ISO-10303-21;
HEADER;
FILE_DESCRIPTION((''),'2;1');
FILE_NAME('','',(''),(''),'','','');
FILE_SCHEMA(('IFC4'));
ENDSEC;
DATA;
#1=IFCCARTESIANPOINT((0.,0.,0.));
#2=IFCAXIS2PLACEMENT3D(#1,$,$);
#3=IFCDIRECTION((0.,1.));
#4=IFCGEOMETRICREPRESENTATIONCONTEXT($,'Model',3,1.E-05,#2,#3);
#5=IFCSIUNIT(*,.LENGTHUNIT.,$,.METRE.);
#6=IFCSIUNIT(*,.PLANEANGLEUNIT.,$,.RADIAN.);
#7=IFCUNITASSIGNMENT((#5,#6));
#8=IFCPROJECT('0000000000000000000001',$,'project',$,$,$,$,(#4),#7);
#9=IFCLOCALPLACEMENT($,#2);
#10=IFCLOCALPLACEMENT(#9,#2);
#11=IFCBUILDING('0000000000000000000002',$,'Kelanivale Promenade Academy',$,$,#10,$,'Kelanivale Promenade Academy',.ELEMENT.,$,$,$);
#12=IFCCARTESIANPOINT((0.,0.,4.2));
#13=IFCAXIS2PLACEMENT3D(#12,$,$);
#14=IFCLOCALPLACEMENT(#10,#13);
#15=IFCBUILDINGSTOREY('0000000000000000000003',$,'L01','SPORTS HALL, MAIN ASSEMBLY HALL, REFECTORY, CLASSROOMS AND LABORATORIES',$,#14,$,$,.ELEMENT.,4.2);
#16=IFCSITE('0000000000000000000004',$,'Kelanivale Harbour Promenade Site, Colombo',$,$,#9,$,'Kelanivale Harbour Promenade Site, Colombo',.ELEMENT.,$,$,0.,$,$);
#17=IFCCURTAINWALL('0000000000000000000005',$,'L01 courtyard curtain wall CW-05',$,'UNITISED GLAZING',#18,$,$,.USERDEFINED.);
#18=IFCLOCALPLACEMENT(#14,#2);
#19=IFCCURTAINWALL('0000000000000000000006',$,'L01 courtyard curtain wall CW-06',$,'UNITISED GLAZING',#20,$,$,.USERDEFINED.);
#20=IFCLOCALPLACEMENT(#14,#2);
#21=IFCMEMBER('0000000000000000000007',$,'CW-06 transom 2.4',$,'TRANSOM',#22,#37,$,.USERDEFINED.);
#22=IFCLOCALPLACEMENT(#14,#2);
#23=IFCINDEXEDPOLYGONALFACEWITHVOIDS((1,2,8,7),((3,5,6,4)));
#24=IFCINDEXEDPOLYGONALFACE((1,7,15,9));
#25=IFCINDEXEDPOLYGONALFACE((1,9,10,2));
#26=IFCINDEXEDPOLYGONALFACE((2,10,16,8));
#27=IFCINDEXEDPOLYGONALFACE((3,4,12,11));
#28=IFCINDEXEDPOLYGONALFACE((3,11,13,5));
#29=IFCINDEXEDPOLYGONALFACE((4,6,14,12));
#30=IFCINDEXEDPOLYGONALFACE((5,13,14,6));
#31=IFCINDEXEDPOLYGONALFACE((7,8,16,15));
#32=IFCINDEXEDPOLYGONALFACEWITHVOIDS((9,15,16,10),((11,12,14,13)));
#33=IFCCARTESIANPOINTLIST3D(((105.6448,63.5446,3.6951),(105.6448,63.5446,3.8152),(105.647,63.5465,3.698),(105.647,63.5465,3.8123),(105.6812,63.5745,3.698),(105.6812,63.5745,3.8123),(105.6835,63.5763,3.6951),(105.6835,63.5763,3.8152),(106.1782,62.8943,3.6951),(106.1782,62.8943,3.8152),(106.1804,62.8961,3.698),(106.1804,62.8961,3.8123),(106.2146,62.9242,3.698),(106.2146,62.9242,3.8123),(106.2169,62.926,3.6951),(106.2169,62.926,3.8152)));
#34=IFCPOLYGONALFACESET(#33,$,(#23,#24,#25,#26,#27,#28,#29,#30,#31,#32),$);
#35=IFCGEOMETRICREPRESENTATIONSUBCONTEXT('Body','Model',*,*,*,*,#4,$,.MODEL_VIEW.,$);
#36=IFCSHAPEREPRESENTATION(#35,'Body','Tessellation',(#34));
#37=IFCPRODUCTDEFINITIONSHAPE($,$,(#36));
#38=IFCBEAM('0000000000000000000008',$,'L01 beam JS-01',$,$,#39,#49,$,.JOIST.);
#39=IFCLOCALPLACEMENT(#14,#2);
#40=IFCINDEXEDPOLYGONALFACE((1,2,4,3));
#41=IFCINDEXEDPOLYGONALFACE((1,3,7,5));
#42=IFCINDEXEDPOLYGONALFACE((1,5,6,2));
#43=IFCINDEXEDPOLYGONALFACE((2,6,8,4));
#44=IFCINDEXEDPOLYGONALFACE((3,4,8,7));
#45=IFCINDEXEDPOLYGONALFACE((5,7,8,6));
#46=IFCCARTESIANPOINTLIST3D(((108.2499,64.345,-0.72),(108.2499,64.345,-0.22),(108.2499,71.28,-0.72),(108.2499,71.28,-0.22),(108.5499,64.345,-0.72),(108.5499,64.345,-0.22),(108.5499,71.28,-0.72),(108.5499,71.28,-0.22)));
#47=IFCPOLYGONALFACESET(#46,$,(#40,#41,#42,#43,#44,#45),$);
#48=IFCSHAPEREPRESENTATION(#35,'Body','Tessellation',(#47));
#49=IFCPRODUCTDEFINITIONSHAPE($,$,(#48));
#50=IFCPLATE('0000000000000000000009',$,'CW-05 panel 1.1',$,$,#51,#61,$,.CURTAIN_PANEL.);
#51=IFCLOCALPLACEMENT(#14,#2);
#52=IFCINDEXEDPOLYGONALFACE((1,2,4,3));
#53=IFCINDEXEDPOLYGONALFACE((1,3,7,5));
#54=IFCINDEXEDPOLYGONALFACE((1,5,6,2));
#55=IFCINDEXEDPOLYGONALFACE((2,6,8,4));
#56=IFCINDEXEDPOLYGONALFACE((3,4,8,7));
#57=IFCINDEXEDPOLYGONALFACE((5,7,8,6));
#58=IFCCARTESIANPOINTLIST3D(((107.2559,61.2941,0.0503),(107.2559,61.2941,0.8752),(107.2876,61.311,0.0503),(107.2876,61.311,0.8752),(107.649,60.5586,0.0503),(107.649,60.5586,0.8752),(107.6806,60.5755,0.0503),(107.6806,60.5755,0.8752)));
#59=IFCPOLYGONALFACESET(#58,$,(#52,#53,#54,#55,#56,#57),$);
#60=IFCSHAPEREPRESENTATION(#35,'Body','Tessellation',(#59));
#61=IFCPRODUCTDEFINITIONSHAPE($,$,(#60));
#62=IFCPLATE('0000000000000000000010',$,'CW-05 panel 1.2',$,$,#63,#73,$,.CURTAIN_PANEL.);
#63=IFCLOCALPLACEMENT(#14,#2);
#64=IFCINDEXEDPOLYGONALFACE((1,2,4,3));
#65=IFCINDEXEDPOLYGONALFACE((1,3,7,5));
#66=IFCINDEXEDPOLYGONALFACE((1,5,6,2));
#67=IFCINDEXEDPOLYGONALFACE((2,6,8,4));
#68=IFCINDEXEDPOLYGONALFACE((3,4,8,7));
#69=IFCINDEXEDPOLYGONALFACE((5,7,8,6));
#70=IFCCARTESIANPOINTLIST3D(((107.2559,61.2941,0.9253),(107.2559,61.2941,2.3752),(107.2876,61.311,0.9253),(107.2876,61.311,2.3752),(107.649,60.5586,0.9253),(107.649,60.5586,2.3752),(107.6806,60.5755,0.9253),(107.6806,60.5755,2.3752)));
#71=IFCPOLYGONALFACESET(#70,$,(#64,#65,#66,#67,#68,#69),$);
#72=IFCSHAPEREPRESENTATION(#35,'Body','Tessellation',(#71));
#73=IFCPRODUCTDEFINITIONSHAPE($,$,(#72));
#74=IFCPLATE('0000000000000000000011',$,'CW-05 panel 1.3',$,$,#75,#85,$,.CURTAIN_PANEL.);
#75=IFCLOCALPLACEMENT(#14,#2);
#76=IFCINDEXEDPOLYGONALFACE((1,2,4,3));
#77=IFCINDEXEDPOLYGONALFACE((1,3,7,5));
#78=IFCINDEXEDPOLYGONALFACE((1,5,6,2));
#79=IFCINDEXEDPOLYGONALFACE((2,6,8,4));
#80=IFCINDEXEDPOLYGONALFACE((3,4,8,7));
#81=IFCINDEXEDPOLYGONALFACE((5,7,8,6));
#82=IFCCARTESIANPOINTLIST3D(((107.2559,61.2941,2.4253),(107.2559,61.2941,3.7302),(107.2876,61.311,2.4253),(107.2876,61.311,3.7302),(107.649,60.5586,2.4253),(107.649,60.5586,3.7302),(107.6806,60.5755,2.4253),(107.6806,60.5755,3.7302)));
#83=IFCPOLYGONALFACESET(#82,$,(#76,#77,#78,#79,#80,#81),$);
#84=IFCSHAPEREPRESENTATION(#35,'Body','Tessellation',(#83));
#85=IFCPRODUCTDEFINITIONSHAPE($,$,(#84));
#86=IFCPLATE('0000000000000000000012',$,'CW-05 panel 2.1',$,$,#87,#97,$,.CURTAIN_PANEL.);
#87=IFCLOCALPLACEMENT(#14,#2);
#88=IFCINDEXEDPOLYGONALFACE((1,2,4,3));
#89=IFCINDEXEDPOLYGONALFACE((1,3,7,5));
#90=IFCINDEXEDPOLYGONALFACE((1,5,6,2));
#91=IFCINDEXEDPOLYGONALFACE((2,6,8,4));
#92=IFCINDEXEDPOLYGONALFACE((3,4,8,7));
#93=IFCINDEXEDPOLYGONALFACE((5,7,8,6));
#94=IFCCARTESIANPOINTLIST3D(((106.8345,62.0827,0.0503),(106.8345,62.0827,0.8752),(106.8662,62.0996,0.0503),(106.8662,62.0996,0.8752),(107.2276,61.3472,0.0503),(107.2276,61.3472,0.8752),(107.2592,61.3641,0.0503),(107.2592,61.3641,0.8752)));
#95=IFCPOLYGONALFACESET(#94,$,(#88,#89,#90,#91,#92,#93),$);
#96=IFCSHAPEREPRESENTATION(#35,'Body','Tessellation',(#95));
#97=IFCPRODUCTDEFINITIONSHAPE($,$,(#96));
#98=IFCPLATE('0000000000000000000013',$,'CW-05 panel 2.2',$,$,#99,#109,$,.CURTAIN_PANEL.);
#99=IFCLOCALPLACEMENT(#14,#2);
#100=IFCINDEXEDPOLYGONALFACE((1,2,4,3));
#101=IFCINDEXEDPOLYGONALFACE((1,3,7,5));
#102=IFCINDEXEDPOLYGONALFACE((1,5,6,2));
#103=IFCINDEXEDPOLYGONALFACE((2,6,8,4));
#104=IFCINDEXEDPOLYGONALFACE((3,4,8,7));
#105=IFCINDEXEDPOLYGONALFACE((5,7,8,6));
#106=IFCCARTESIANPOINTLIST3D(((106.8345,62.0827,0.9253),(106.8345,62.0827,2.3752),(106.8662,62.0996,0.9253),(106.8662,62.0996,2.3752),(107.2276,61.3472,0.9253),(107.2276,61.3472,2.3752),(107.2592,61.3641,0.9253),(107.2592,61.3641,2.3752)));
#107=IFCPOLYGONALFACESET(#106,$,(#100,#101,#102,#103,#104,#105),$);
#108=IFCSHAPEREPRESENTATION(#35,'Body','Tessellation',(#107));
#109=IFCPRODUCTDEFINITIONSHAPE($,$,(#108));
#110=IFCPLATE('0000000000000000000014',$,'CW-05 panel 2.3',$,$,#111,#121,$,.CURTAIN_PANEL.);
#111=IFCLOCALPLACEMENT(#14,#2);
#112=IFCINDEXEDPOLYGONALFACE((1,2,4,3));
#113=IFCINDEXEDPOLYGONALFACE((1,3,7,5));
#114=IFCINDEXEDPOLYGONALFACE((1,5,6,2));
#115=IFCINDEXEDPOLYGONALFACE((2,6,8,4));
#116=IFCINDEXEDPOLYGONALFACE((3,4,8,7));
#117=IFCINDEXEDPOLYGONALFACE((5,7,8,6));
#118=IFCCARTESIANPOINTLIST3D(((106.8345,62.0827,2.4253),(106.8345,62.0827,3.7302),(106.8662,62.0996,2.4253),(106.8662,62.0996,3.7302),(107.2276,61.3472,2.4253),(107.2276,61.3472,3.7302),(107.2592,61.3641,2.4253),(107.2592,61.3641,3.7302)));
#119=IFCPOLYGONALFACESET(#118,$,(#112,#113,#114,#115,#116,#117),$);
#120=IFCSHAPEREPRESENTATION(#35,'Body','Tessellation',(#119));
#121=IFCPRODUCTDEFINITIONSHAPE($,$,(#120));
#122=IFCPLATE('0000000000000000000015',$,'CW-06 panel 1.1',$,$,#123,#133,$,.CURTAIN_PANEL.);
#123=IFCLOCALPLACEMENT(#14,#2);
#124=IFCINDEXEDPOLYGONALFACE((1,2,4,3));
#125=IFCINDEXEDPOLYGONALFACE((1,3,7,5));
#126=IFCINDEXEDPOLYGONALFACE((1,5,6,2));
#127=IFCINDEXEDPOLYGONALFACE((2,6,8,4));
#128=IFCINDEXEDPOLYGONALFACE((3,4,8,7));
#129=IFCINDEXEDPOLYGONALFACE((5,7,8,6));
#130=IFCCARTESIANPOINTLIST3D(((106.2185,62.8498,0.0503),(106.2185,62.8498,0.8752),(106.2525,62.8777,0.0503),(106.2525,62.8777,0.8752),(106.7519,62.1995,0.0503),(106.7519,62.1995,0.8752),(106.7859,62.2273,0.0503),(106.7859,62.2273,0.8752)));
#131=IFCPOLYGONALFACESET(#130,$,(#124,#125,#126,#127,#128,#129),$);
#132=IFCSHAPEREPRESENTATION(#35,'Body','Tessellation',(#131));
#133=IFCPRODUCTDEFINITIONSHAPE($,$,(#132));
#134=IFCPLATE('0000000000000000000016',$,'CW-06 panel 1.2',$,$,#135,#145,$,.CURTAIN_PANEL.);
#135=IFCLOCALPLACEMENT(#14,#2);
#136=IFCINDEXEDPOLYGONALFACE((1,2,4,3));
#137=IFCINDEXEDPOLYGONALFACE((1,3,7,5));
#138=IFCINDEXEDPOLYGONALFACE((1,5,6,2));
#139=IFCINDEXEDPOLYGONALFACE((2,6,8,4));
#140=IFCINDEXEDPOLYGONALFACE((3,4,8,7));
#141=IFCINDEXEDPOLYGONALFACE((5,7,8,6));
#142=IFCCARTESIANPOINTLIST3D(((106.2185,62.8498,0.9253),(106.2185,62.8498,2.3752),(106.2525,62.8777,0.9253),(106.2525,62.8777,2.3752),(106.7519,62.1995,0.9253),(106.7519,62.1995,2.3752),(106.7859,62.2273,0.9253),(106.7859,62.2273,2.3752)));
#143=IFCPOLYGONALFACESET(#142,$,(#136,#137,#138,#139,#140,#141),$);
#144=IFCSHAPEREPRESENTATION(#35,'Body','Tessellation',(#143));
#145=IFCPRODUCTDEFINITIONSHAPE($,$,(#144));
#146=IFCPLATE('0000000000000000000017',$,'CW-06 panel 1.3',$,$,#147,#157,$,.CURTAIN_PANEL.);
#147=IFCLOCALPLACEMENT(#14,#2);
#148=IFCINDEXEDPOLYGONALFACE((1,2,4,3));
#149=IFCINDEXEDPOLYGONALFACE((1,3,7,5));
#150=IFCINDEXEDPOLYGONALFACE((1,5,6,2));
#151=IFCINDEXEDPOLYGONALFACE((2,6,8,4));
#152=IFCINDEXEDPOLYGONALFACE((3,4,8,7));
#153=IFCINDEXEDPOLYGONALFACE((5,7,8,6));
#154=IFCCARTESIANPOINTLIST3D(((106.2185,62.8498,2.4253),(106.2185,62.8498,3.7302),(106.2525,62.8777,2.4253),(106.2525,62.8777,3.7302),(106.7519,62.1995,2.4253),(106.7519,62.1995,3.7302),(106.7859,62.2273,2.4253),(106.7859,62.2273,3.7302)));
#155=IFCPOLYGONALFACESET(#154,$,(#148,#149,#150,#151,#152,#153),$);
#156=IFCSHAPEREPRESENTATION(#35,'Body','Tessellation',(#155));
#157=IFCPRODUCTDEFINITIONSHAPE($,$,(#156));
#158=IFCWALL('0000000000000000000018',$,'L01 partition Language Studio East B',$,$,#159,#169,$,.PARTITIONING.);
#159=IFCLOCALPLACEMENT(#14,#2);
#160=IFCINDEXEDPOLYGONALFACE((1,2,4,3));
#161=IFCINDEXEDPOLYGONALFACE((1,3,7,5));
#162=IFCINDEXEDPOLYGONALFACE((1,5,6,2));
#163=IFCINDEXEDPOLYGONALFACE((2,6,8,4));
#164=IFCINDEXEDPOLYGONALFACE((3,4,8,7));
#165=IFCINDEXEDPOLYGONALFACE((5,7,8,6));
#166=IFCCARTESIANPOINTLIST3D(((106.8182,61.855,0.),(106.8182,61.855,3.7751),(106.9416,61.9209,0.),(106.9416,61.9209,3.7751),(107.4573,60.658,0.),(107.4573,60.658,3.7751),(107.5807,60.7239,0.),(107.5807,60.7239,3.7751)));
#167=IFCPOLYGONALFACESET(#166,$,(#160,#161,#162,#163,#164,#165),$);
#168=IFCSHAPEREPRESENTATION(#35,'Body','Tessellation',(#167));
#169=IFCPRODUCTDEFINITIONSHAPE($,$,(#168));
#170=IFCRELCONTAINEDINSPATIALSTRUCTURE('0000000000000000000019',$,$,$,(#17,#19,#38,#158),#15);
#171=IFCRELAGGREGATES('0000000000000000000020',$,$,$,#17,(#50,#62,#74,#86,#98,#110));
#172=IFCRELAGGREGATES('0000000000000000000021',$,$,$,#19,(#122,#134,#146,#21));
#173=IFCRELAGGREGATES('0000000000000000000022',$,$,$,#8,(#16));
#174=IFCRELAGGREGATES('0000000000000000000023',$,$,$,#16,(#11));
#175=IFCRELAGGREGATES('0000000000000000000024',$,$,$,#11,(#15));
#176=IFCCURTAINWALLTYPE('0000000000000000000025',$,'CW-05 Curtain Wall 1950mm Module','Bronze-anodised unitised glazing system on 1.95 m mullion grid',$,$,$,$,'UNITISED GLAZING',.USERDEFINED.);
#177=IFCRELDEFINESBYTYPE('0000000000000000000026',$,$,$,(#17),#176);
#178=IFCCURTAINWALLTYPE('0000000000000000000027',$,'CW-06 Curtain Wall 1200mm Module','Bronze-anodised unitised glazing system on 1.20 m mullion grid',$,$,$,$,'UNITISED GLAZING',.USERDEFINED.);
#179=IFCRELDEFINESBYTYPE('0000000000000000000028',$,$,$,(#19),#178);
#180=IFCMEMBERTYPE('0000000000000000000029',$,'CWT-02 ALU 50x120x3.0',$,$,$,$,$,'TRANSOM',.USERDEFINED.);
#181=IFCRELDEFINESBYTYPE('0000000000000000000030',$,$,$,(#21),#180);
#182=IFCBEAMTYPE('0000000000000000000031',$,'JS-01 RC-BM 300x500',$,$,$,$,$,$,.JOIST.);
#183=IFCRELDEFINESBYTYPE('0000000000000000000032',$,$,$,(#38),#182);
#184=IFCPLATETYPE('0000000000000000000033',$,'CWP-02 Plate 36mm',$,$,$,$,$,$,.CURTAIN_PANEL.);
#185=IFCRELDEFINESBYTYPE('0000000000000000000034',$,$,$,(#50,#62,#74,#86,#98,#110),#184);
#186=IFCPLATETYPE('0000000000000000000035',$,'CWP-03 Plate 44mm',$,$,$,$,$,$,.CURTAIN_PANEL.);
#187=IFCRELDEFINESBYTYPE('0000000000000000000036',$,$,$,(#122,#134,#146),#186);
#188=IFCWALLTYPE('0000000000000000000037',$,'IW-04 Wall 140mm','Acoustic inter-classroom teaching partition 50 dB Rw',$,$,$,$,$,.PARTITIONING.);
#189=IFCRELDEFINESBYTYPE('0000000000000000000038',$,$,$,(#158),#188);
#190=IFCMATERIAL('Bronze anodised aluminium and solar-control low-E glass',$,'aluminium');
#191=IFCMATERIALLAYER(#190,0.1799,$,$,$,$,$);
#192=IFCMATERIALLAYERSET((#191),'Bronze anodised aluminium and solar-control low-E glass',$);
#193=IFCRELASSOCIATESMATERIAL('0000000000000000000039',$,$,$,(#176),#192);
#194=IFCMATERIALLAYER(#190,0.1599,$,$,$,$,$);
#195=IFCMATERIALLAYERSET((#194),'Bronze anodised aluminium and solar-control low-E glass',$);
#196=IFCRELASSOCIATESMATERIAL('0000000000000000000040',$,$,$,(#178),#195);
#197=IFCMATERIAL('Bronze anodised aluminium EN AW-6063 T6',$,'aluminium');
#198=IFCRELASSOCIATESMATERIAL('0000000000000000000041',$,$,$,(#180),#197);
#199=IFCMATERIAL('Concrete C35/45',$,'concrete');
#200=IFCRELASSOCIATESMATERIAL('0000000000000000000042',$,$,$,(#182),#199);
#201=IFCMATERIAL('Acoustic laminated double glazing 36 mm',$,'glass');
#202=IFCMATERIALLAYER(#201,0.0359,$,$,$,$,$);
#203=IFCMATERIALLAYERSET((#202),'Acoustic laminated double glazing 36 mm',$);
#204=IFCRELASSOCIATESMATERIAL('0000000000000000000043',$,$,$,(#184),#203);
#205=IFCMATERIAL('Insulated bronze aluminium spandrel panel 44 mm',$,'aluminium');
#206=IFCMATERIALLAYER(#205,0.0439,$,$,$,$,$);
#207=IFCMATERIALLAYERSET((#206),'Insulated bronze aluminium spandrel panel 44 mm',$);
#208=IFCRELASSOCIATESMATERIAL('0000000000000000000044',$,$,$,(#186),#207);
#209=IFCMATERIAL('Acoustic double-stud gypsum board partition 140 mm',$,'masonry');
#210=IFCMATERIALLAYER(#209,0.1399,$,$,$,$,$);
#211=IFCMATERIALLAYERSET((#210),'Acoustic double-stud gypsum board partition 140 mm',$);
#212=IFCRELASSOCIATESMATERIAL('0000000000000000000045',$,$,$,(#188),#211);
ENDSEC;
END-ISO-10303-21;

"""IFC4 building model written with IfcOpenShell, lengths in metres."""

from ifc_helpers import new_model, si_unit, direction, frame, frame_2d, origin, origin_2d, place, context, subcontext, project, spatial, rectangle, hollow_rectangle, extrude, material, layer, layer_set, material_profile, profile_set, type_object, element, aggregate, save


model = new_model("IFC4")

# Units and contexts
model_context = context("Model", 3, precision=1e-05, world=origin(), true_north=direction((0.0, 1.0)))
body_context = subcontext(model_context, "Body", "Model", "MODEL_VIEW")
ifc_project = project(units=[si_unit("LENGTHUNIT", "METRE"), si_unit("PLANEANGLEUNIT", "RADIAN")], contexts=[model_context])

# Site, building, storey
site_placement = place(None, origin())
site = spatial("IfcSite", under=ifc_project, at=site_placement, Name="Kelanivale Harbour Promenade Site, Colombo", LongName="Kelanivale Harbour Promenade Site, Colombo", CompositionType="ELEMENT", RefElevation=0.0)
building_placement = place(site_placement, origin())
building = spatial("IfcBuilding", under=site, at=building_placement, Name="Kelanivale Promenade Academy", LongName="Kelanivale Promenade Academy", CompositionType="ELEMENT")
storey_placement = place(building_placement, frame((0.0, 0.0, 4.2)))
storey = spatial("IfcBuildingStorey", under=building, at=storey_placement, Name="L01", Description="SPORTS HALL, MAIN ASSEMBLY HALL, REFECTORY, CLASSROOMS AND LABORATORIES", CompositionType="ELEMENT", Elevation=4.2)

# Shared definitions
ifc_material_1 = material(Name="Concrete C35/45", Category="concrete")

# Curtain walls
ifc_material_2 = material(Name="Bronze anodised aluminium and solar-control low-E glass", Category="aluminium")
ifc_layer_1 = layer(ifc_material_2, 0.1799)
ifc_layer_set_1 = layer_set([ifc_layer_1], Name="Bronze anodised aluminium and solar-control low-E glass")
curtain_wall_type_1 = type_object("IfcCurtainWallType", Name="CW-05 Curtain Wall 1950mm Module", Description="Bronze-anodised unitised glazing system on 1.95 m mullion grid", ElementType="UNITISED GLAZING", PredefinedType="USERDEFINED", material=ifc_layer_set_1)
curtain_wall_1_placement = place(storey_placement, origin())
curtain_wall_1 = element("IfcCurtainWall", 1, at=curtain_wall_1_placement, inside=storey, type_object=curtain_wall_type_1, Name="L01 courtyard curtain wall CW-05", ObjectType="UNITISED GLAZING", PredefinedType="USERDEFINED")
ifc_material_3 = material(Name="Bronze anodised aluminium EN AW-6063 T6", Category="aluminium")
ifc_layer_2 = layer(ifc_material_2, 0.1599)
ifc_layer_set_2 = layer_set([ifc_layer_2], Name="Bronze anodised aluminium and solar-control low-E glass")
curtain_wall_type_2 = type_object("IfcCurtainWallType", Name="CW-06 Curtain Wall 1200mm Module", Description="Bronze-anodised unitised glazing system on 1.20 m mullion grid", ElementType="UNITISED GLAZING", PredefinedType="USERDEFINED", material=ifc_layer_set_2)
curtain_wall_2_placement = place(storey_placement, origin())
curtain_wall_2 = element("IfcCurtainWall", 2, at=curtain_wall_2_placement, inside=storey, type_object=curtain_wall_type_2, Name="L01 courtyard curtain wall CW-06", ObjectType="UNITISED GLAZING", PredefinedType="USERDEFINED")

# Member
ifc_material_profile_1 = material_profile(ifc_material_3, hollow_rectangle(XDim=0.05, YDim=0.1201, WallThickness=0.0029, at=origin_2d()), Name="ALU 50x120x3.0")
ifc_profile_set_1 = profile_set([ifc_material_profile_1], Name="Bronze anodised aluminium EN AW-6063 T6")
member_type_1 = type_object("IfcMemberType", Name="CWT-02 ALU 50x120x3.0", ElementType="TRANSOM", PredefinedType="USERDEFINED", material=ifc_profile_set_1)
member_1_placement = place(storey_placement, frame((106.1975, 62.9102, 3.7551), z_axis=(-0.63417, 0.773194, 0.0), x_axis=(-0.773194, -0.63417, 0.0)))
member_1 = element("IfcMember", 3, at=member_1_placement, type_object=member_type_1, Name="CW-06 transom 2.4", ObjectType="TRANSOM", PredefinedType="USERDEFINED", context=body_context, shape_type="SweptSolid", body=[
    extrude(hollow_rectangle(XDim=0.05, YDim=0.1201, WallThickness=0.0029, at=origin_2d()), origin(), (0.0, 0.0, 1.0), 0.8411),
])

# Beam
ifc_material_profile_2 = material_profile(ifc_material_1, rectangle(XDim=0.3, YDim=0.5, at=origin_2d()), Name="RC-BM 300x500")
ifc_profile_set_2 = profile_set([ifc_material_profile_2], Name="Concrete C35/45")
beam_type_1 = type_object("IfcBeamType", Name="JS-01 RC-BM 300x500", PredefinedType="JOIST", material=ifc_profile_set_2)
beam_1_placement = place(storey_placement, frame((108.3999, 64.345, -0.47), z_axis=(0.0, 1.0, 0.0), x_axis=(-1.0, 0.0, 0.0)))
element("IfcBeam", 4, at=beam_1_placement, inside=storey, type_object=beam_type_1, Name="L01 beam JS-01", PredefinedType="JOIST", context=body_context, shape_type="SweptSolid", body=[
    extrude(rectangle(XDim=0.3, YDim=0.5, at=origin_2d()), origin(), (0.0, 0.0, 1.0), 6.9351),
])

# Plates
ifc_material_4 = material(Name="Acoustic laminated double glazing 36 mm", Category="glass")
ifc_layer_3 = layer(ifc_material_4, 0.0359)
ifc_layer_set_3 = layer_set([ifc_layer_3], Name="Acoustic laminated double glazing 36 mm")
plate_type_1 = type_object("IfcPlateType", Name="CWP-02 Plate 36mm", PredefinedType="CURTAIN_PANEL", material=ifc_layer_set_3)
plate_1_placement = place(storey_placement, frame((107.4683, 60.9348, 0.0503), z_axis=(0.0, 0.0, 1.0), x_axis=(-0.47129, 0.881978, 0.0)))
plate_1 = element("IfcPlate", 5, at=plate_1_placement, type_object=plate_type_1, Name="CW-05 panel 1.1", PredefinedType="CURTAIN_PANEL", context=body_context, shape_type="SweptSolid", body=[
    extrude(rectangle(XDim=0.834, YDim=0.0359, at=origin_2d()), origin(), (0.0, 0.0, 1.0), 0.825),
])
plate_2_placement = place(storey_placement, frame((107.4683, 60.9348, 0.9253), z_axis=(0.0, 0.0, 1.0), x_axis=(-0.47129, 0.881978, 0.0)))
plate_2 = element("IfcPlate", 6, at=plate_2_placement, type_object=plate_type_1, Name="CW-05 panel 1.2", PredefinedType="CURTAIN_PANEL", context=body_context, shape_type="SweptSolid", body=[
    extrude(rectangle(XDim=0.834, YDim=0.0359, at=origin_2d()), origin(), (0.0, 0.0, 1.0), 1.45),
])
plate_3_placement = place(storey_placement, frame((107.4683, 60.9348, 2.4253), z_axis=(0.0, 0.0, 1.0), x_axis=(-0.47129, 0.881978, 0.0)))
plate_3 = element("IfcPlate", 7, at=plate_3_placement, type_object=plate_type_1, Name="CW-05 panel 1.3", PredefinedType="CURTAIN_PANEL", context=body_context, shape_type="SweptSolid", body=[
    extrude(rectangle(XDim=0.834, YDim=0.0359, at=origin_2d()), origin(), (0.0, 0.0, 1.0), 1.3049),
])
plate_4_placement = place(storey_placement, frame((107.0469, 61.7234, 0.0503), z_axis=(0.0, 0.0, 1.0), x_axis=(-0.47129, 0.881978, 0.0)))
plate_4 = element("IfcPlate", 8, at=plate_4_placement, type_object=plate_type_1, Name="CW-05 panel 2.1", PredefinedType="CURTAIN_PANEL", context=body_context, shape_type="SweptSolid", body=[
    extrude(rectangle(XDim=0.834, YDim=0.0359, at=origin_2d()), origin(), (0.0, 0.0, 1.0), 0.825),
])
plate_5_placement = place(storey_placement, frame((107.0469, 61.7234, 0.9253), z_axis=(0.0, 0.0, 1.0), x_axis=(-0.47129, 0.881978, 0.0)))
plate_5 = element("IfcPlate", 9, at=plate_5_placement, type_object=plate_type_1, Name="CW-05 panel 2.2", PredefinedType="CURTAIN_PANEL", context=body_context, shape_type="SweptSolid", body=[
    extrude(rectangle(XDim=0.834, YDim=0.0359, at=origin_2d()), origin(), (0.0, 0.0, 1.0), 1.45),
])
plate_6_placement = place(storey_placement, frame((107.0469, 61.7234, 2.4253), z_axis=(0.0, 0.0, 1.0), x_axis=(-0.47129, 0.881978, 0.0)))
plate_6 = element("IfcPlate", 10, at=plate_6_placement, type_object=plate_type_1, Name="CW-05 panel 2.3", PredefinedType="CURTAIN_PANEL", context=body_context, shape_type="SweptSolid", body=[
    extrude(rectangle(XDim=0.834, YDim=0.0359, at=origin_2d()), origin(), (0.0, 0.0, 1.0), 1.3049),
])
aggregate(curtain_wall_1, [plate_1, plate_2, plate_3, plate_4, plate_5, plate_6])
ifc_material_5 = material(Name="Insulated bronze aluminium spandrel panel 44 mm", Category="aluminium")
ifc_layer_4 = layer(ifc_material_5, 0.0439)
ifc_layer_set_4 = layer_set([ifc_layer_4], Name="Insulated bronze aluminium spandrel panel 44 mm")
plate_type_2 = type_object("IfcPlateType", Name="CWP-03 Plate 44mm", PredefinedType="CURTAIN_PANEL", material=ifc_layer_set_4)
plate_7_placement = place(storey_placement, frame((106.5022, 62.5386, 0.0503), z_axis=(0.0, 0.0, 1.0), x_axis=(-0.634144, 0.773215, 0.0)))
plate_7 = element("IfcPlate", 11, at=plate_7_placement, type_object=plate_type_2, Name="CW-06 panel 1.1", PredefinedType="CURTAIN_PANEL", context=body_context, shape_type="SweptSolid", body=[
    extrude(rectangle(XDim=0.8411, YDim=0.0439, at=origin_2d()), origin(), (0.0, 0.0, 1.0), 0.825),
])
plate_8_placement = place(storey_placement, frame((106.5022, 62.5386, 0.9253), z_axis=(0.0, 0.0, 1.0), x_axis=(-0.634144, 0.773215, 0.0)))
plate_8 = element("IfcPlate", 12, at=plate_8_placement, type_object=plate_type_2, Name="CW-06 panel 1.2", PredefinedType="CURTAIN_PANEL", context=body_context, shape_type="SweptSolid", body=[
    extrude(rectangle(XDim=0.8411, YDim=0.0439, at=origin_2d()), origin(), (0.0, 0.0, 1.0), 1.45),
])
plate_9_placement = place(storey_placement, frame((106.5022, 62.5386, 2.4253), z_axis=(0.0, 0.0, 1.0), x_axis=(-0.634144, 0.773215, 0.0)))
plate_9 = element("IfcPlate", 13, at=plate_9_placement, type_object=plate_type_2, Name="CW-06 panel 1.3", PredefinedType="CURTAIN_PANEL", context=body_context, shape_type="SweptSolid", body=[
    extrude(rectangle(XDim=0.8411, YDim=0.0439, at=origin_2d()), origin(), (0.0, 0.0, 1.0), 1.3049),
])
aggregate(curtain_wall_2, [plate_7, plate_8, plate_9, member_1])

# Wall
ifc_material_6 = material(Name="Acoustic double-stud gypsum board partition 140 mm", Category="masonry")
ifc_layer_5 = layer(ifc_material_6, 0.1399)
ifc_layer_set_5 = layer_set([ifc_layer_5], Name="Acoustic double-stud gypsum board partition 140 mm")
wall_type = type_object("IfcWallType", Name="IW-04 Wall 140mm", Description="Acoustic inter-classroom teaching partition 50 dB Rw", PredefinedType="PARTITIONING", material=ifc_layer_set_5)
wall_placement = place(storey_placement, frame((106.8799, 61.8879, 0.0), z_axis=(0.0, 0.0, 1.0), x_axis=(0.471018, -0.882124, 0.0)))
element("IfcWall", 14, at=wall_placement, inside=storey, type_object=wall_type, Name="L01 partition Language Studio East B", PredefinedType="PARTITIONING", context=body_context, shape_type="SweptSolid", body=[
    extrude(rectangle(XDim=1.3569, YDim=0.1399, at=frame_2d((0.6785, 0.0))), origin(), (0.0, 0.0, 1.0), 3.7751),
])

save(model, "model.ifc")
